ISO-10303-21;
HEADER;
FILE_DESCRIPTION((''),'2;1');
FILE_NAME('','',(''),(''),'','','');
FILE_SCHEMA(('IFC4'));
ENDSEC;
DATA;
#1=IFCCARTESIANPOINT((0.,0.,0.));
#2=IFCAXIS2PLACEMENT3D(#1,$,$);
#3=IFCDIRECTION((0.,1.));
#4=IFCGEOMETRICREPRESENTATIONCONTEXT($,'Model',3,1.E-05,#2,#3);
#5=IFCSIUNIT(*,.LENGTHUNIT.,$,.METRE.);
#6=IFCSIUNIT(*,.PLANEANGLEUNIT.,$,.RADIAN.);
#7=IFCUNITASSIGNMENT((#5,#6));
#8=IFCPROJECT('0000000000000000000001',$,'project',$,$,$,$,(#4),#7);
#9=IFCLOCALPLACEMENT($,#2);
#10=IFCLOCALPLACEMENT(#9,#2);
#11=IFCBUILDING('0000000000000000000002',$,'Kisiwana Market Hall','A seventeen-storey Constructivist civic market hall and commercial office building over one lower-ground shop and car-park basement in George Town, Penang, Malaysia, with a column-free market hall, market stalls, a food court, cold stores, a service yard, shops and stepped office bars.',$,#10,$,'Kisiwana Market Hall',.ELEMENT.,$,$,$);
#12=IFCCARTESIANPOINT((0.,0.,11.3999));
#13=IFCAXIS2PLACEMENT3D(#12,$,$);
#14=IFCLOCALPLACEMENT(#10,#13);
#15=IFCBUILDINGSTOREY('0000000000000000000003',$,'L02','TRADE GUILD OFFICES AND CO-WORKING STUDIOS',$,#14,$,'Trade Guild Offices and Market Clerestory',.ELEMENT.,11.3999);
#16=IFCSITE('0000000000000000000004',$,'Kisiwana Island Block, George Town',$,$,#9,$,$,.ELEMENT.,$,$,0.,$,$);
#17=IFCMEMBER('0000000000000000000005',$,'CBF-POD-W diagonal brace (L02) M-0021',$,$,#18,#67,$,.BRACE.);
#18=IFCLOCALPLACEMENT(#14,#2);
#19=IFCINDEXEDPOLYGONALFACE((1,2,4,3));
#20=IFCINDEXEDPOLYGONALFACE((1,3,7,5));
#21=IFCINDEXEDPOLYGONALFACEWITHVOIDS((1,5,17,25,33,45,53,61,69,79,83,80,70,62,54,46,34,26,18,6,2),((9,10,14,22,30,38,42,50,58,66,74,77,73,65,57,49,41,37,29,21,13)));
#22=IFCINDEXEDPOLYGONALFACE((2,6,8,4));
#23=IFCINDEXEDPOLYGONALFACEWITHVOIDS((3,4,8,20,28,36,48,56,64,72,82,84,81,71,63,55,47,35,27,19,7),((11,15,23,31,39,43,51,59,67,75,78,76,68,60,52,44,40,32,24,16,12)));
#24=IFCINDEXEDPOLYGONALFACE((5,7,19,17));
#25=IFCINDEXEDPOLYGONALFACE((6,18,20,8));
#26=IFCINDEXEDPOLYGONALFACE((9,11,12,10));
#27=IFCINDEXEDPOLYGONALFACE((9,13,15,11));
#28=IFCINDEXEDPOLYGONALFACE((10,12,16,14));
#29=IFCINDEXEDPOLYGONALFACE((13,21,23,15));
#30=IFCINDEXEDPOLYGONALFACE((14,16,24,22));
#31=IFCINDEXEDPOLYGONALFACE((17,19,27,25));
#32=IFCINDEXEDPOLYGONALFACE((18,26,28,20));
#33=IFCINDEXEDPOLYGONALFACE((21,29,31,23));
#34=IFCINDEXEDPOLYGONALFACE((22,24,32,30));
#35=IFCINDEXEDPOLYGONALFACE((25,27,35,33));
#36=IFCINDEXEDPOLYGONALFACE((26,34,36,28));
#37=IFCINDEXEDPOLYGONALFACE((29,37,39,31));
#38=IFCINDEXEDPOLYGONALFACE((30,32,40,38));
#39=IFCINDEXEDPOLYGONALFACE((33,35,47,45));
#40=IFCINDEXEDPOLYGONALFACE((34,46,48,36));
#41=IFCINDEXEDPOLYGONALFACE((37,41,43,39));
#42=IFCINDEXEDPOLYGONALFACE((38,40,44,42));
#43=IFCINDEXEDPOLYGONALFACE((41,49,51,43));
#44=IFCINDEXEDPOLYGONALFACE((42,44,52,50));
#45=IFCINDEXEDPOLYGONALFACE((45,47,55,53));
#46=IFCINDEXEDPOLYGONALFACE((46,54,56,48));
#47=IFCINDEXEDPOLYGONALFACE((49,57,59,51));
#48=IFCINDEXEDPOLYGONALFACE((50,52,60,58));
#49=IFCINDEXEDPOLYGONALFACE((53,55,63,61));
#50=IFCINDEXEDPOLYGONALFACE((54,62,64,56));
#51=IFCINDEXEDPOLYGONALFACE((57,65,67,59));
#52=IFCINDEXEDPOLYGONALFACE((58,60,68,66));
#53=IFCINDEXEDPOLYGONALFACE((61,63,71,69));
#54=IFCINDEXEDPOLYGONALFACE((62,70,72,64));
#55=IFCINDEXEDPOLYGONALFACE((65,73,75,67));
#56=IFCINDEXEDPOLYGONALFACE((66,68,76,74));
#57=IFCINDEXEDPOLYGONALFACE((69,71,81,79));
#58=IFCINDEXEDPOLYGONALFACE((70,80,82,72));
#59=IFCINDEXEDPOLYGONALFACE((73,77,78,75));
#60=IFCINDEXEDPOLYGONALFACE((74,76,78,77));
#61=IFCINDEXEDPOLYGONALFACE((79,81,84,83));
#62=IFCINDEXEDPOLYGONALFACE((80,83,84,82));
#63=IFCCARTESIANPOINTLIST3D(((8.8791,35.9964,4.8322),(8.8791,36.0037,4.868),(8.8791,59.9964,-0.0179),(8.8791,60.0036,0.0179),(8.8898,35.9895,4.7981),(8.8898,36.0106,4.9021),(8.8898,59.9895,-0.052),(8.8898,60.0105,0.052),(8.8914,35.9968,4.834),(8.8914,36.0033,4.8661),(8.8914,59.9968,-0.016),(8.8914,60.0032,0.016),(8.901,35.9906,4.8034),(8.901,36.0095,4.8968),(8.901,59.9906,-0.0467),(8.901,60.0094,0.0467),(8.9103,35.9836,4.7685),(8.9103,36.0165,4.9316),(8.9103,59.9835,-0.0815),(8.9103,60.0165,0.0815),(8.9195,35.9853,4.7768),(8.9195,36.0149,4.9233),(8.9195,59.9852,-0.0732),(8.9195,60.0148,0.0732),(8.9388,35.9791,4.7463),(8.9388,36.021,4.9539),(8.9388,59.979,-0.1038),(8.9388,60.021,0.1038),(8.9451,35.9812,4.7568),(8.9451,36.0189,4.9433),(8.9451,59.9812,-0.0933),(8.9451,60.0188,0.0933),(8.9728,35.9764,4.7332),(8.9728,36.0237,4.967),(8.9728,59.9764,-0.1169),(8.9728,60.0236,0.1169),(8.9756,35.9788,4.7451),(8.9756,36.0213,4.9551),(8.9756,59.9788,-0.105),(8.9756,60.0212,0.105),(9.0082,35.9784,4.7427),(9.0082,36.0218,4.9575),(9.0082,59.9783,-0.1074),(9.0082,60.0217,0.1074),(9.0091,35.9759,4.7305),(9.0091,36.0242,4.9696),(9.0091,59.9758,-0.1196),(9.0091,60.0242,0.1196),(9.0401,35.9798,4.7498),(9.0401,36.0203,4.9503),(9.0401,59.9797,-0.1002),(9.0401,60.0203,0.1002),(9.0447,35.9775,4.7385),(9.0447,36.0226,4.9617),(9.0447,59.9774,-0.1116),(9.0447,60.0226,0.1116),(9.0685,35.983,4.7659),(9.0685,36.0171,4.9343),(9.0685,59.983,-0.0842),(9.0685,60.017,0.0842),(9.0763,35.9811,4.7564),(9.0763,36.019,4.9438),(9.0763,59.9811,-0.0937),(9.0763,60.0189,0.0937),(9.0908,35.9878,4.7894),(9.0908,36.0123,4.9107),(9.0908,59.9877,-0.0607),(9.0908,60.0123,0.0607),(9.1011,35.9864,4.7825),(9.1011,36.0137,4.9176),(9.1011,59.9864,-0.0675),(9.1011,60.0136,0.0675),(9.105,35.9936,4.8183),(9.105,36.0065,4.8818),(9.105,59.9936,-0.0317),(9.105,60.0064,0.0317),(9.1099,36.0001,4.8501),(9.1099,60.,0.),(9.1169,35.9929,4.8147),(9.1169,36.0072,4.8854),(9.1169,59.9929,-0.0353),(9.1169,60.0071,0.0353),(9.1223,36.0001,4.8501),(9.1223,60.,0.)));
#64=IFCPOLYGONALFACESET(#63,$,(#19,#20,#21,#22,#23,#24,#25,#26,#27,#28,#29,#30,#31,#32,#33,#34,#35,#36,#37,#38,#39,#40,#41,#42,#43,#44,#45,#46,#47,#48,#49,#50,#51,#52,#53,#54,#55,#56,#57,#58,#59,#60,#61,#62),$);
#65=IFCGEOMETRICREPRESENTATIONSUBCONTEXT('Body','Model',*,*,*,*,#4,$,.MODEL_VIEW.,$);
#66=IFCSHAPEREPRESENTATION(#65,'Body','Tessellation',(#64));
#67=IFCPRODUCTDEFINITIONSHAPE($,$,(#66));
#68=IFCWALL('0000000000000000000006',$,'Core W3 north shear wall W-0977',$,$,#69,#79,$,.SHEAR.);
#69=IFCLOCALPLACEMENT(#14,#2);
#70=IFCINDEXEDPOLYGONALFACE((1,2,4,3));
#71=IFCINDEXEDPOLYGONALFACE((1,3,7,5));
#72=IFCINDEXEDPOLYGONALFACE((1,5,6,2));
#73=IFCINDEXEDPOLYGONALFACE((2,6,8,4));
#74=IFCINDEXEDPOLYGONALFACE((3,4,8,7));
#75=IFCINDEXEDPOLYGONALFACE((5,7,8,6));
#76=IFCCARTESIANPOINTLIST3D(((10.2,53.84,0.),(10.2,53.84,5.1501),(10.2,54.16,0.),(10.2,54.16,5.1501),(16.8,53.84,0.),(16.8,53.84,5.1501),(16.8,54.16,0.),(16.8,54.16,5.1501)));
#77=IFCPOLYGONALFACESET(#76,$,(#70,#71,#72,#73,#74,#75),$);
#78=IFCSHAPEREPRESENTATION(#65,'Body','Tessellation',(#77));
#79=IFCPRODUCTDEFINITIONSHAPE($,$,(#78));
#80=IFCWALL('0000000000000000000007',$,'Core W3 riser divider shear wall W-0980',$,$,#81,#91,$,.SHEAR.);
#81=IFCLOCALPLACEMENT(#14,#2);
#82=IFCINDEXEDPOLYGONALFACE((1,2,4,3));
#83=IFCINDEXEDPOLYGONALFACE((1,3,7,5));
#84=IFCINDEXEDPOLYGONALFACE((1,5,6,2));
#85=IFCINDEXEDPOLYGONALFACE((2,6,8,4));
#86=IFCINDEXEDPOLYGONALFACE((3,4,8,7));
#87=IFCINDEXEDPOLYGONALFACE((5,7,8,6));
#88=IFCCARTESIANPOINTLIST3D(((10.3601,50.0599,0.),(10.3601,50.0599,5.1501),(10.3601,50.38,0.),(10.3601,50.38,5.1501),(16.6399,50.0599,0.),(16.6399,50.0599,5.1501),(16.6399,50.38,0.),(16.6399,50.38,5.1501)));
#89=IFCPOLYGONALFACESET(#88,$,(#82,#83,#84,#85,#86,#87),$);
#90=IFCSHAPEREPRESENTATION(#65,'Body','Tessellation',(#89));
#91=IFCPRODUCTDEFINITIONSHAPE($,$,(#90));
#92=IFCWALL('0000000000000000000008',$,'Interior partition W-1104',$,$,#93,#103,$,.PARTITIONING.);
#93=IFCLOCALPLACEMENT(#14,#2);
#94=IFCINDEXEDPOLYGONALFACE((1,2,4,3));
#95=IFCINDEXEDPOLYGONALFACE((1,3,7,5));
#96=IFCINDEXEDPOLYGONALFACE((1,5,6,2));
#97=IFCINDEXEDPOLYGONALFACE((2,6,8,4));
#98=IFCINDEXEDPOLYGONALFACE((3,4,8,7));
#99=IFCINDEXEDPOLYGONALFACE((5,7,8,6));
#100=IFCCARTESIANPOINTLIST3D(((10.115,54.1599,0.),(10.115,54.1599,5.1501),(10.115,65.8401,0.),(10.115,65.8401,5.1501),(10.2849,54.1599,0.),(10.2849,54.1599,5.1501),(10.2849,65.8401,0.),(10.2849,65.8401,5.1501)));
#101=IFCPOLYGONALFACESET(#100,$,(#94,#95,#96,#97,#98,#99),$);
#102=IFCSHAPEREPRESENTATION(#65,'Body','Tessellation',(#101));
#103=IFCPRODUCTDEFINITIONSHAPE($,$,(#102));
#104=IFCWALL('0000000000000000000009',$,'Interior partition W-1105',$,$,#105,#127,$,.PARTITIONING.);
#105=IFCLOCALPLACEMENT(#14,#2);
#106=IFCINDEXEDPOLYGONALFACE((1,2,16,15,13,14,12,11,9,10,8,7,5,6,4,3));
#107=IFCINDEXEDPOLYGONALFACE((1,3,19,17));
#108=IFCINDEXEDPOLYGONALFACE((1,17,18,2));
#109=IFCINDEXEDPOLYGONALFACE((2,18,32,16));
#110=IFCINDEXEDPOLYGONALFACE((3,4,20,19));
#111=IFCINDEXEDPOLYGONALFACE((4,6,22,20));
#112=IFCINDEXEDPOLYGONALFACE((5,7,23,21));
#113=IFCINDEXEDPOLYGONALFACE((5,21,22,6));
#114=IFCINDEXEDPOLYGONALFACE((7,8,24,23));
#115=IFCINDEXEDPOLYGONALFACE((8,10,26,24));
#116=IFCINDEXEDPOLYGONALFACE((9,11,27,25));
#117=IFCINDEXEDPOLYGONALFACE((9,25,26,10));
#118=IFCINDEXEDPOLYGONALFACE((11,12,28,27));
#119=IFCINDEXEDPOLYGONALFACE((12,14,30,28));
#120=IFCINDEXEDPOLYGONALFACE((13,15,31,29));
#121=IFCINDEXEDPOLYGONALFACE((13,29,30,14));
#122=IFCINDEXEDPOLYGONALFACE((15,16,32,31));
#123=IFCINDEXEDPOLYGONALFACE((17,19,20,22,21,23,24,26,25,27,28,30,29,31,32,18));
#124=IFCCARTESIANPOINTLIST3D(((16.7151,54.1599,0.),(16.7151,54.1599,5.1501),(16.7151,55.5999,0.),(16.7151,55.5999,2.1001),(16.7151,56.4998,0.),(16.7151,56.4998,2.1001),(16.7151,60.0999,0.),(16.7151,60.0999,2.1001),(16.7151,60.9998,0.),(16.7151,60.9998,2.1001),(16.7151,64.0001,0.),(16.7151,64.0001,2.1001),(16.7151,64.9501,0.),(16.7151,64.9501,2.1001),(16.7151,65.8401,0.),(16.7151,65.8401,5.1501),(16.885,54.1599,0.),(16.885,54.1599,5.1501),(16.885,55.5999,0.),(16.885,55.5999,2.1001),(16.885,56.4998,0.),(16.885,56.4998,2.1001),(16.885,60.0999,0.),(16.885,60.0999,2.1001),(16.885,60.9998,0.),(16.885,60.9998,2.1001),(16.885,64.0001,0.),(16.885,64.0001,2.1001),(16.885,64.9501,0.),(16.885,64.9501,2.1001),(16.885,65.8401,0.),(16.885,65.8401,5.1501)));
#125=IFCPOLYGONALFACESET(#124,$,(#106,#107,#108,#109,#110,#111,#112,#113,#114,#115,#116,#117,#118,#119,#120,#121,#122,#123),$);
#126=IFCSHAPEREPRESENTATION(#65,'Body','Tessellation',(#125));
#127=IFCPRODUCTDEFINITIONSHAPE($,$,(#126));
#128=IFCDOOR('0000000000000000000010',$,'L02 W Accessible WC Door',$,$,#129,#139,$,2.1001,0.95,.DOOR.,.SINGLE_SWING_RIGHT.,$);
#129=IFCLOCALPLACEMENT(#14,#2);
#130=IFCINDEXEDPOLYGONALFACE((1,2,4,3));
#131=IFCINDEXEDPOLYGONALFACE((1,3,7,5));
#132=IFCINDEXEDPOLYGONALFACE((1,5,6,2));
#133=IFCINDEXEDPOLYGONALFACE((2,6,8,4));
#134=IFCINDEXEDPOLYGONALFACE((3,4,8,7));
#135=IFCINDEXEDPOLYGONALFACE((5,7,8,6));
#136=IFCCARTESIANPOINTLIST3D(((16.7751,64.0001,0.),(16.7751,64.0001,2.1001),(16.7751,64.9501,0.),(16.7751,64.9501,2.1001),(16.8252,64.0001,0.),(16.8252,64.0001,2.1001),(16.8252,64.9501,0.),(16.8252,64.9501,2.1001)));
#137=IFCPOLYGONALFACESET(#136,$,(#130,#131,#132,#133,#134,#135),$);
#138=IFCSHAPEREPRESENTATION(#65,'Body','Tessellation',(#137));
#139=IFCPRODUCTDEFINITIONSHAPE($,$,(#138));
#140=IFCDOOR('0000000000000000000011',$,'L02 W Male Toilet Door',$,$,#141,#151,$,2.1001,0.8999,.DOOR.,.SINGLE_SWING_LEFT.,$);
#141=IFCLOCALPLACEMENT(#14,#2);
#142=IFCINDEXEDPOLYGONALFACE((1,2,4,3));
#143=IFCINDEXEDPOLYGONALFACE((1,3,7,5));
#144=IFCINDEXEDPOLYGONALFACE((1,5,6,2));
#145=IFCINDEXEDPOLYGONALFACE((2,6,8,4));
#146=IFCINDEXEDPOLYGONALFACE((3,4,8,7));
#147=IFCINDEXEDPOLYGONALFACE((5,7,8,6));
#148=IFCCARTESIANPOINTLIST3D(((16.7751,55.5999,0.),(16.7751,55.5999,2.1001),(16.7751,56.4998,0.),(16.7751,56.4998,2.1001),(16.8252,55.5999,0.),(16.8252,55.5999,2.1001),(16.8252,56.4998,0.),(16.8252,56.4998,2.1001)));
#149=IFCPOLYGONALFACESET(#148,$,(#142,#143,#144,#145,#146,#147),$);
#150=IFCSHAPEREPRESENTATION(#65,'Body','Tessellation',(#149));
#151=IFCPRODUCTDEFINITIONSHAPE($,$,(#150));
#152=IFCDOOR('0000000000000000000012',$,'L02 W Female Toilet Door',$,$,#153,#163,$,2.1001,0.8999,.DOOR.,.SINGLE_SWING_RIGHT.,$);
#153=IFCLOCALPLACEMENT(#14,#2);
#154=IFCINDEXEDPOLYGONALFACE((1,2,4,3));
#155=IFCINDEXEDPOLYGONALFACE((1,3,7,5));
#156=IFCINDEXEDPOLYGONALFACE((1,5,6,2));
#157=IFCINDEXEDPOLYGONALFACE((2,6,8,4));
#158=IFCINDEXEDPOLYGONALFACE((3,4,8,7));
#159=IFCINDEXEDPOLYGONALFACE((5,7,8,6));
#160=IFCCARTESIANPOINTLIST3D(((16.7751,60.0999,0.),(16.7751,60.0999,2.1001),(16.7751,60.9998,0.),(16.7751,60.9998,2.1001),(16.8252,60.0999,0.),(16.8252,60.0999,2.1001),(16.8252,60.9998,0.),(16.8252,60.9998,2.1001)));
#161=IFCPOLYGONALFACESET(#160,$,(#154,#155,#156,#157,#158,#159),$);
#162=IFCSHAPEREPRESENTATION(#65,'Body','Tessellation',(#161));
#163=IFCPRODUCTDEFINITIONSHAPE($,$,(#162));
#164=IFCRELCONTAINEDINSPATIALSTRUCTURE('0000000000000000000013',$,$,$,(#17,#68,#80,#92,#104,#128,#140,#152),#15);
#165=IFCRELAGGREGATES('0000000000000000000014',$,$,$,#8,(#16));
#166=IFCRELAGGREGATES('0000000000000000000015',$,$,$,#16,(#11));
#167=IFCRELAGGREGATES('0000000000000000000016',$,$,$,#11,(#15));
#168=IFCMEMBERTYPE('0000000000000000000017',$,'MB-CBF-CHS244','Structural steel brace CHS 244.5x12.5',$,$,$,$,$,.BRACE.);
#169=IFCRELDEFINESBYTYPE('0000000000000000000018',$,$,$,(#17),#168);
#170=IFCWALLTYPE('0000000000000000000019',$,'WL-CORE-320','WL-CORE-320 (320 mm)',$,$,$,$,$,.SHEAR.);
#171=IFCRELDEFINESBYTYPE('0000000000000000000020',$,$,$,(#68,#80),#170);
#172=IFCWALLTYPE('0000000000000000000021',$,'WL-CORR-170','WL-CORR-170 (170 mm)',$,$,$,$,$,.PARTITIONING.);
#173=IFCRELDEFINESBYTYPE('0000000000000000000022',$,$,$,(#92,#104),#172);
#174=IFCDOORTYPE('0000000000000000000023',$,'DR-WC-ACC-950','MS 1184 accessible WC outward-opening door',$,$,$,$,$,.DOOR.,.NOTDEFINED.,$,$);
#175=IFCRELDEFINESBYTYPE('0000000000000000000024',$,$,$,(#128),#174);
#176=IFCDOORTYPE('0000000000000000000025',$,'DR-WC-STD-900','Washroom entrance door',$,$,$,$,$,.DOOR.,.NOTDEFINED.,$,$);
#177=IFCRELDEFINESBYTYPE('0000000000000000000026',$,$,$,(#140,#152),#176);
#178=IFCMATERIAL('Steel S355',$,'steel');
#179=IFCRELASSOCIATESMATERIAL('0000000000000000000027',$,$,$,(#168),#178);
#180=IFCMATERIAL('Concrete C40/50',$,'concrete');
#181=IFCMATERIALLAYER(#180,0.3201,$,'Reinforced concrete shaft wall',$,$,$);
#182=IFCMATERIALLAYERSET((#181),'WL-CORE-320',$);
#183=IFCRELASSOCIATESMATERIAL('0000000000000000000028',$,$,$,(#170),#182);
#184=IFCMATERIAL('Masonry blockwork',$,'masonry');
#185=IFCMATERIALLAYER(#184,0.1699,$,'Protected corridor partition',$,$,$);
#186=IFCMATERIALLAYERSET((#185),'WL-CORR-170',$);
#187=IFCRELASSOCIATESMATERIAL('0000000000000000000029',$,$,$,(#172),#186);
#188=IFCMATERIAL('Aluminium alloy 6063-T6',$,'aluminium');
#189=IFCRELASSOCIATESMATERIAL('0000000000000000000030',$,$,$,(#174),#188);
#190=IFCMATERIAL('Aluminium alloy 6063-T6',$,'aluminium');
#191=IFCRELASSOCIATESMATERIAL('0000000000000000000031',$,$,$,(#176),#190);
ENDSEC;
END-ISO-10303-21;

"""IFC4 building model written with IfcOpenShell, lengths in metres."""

from ifc_helpers import new_model, si_unit, direction, frame, frame_2d, origin, origin_2d, place, context, subcontext, project, spatial, rectangle, hollow_circle, extrude, material, layer, layer_set, material_profile, profile_set, type_object, element, fill, save


model = new_model("IFC4")

# Units and contexts
model_context = context("Model", 3, precision=1e-05, world=origin(), true_north=direction((0.0, 1.0)))
body_context = subcontext(model_context, "Body", "Model", "MODEL_VIEW")
ifc_project = project(units=[si_unit("LENGTHUNIT", "METRE"), si_unit("PLANEANGLEUNIT", "RADIAN")], contexts=[model_context])

# Site, building, storey
site_placement = place(None, origin())
site = spatial("IfcSite", under=ifc_project, at=site_placement, Name="Kisiwana Island Block, George Town", CompositionType="ELEMENT", RefElevation=0.0)
building_placement = place(site_placement, origin())
building = spatial("IfcBuilding", under=site, at=building_placement, Name="Kisiwana Market Hall", Description="A seventeen-storey Constructivist civic market hall and commercial office building over one lower-ground shop and car-park basement in George Town, Penang, Malaysia, with a column-free market hall, market stalls, a food court, cold stores, a service yard, shops and stepped office bars.", LongName="Kisiwana Market Hall", CompositionType="ELEMENT")
storey_placement = place(building_placement, frame((0.0, 0.0, 11.3999)))
storey = spatial("IfcBuildingStorey", under=building, at=storey_placement, Name="L02", Description="TRADE GUILD OFFICES AND CO-WORKING STUDIOS", LongName="Trade Guild Offices and Market Clerestory", CompositionType="ELEMENT", Elevation=11.3999)

# Member
ifc_material_1 = material(Name="Steel S355", Category="steel")
ifc_material_profile_1 = material_profile(ifc_material_1, hollow_circle(Radius=0.1223, WallThickness=0.0125, at=origin_2d()), Name="CHS 244.5x12.5")
ifc_profile_set_1 = profile_set([ifc_material_profile_1], Name="Steel S355")
member_type = type_object("IfcMemberType", Name="MB-CBF-CHS244", Description="Structural steel brace CHS 244.5x12.5", PredefinedType="BRACE", material=ifc_profile_set_1)
member_placement = place(storey_placement, frame((9.0, 60.0, 0.0), z_axis=(0.0, -0.980185, 0.198083), x_axis=(1.0, 0.0, 0.0)))
element("IfcMember", 1, at=member_placement, inside=storey, type_object=member_type, Name="CBF-POD-W diagonal brace (L02) M-0021", PredefinedType="BRACE", context=body_context, shape_type="SweptSolid", body=[
    extrude(hollow_circle(Radius=0.1223, WallThickness=0.0125, at=origin_2d()), origin(), (0.0, 0.0, 1.0), 24.4851),
])

# Walls
ifc_material_2 = material(Name="Concrete C40/50", Category="concrete")
ifc_layer_1 = layer(ifc_material_2, 0.3201, Name="Reinforced concrete shaft wall")
ifc_layer_set_1 = layer_set([ifc_layer_1], Name="WL-CORE-320")
wall_type_1 = type_object("IfcWallType", Name="WL-CORE-320", Description="WL-CORE-320 (320 mm)", PredefinedType="SHEAR", material=ifc_layer_set_1)
wall_1_placement = place(storey_placement, frame((10.2, 54.0, 0.0), z_axis=(0.0, 0.0, 1.0), x_axis=(1.0, 0.0, 0.0)))
element("IfcWall", 2, at=wall_1_placement, inside=storey, type_object=wall_type_1, Name="Core W3 north shear wall W-0977", PredefinedType="SHEAR", context=body_context, shape_type="SweptSolid", body=[
    extrude(rectangle(XDim=6.6001, YDim=0.3201, at=frame_2d((3.3, 0.0))), origin(), (0.0, 0.0, 1.0), 5.1501),
])
wall_2_placement = place(storey_placement, frame((10.3601, 50.22, 0.0), z_axis=(0.0, 0.0, 1.0), x_axis=(1.0, 0.0, 0.0)))
element("IfcWall", 3, at=wall_2_placement, inside=storey, type_object=wall_type_1, Name="Core W3 riser divider shear wall W-0980", PredefinedType="SHEAR", context=body_context, shape_type="SweptSolid", body=[
    extrude(rectangle(XDim=6.2798, YDim=0.3201, at=frame_2d((3.1399, 0.0))), origin(), (0.0, 0.0, 1.0), 5.1501),
])
ifc_material_3 = material(Name="Masonry blockwork", Category="masonry")
ifc_layer_2 = layer(ifc_material_3, 0.1699, Name="Protected corridor partition")
ifc_layer_set_2 = layer_set([ifc_layer_2], Name="WL-CORR-170")
wall_type_2 = type_object("IfcWallType", Name="WL-CORR-170", Description="WL-CORR-170 (170 mm)", PredefinedType="PARTITIONING", material=ifc_layer_set_2)
wall_3_placement = place(storey_placement, frame((10.2, 54.1599, 0.0), z_axis=(0.0, 0.0, 1.0), x_axis=(0.0, 1.0, 0.0)))
element("IfcWall", 4, at=wall_3_placement, inside=storey, type_object=wall_type_2, Name="Interior partition W-1104", PredefinedType="PARTITIONING", context=body_context, shape_type="SweptSolid", body=[
    extrude(rectangle(XDim=11.6802, YDim=0.1699, at=frame_2d((5.8401, 0.0))), origin(), (0.0, 0.0, 1.0), 5.1501),
])

# Wall, openings, doors
wall_4_placement = place(storey_placement, frame((16.8, 54.1599, 0.0), z_axis=(0.0, 0.0, 1.0), x_axis=(0.0, 1.0, 0.0)))
wall_4 = element("IfcWall", 5, at=wall_4_placement, inside=storey, type_object=wall_type_2, Name="Interior partition W-1105", PredefinedType="PARTITIONING", context=body_context, shape_type="SweptSolid", body=[
    extrude(rectangle(XDim=11.6802, YDim=0.1699, at=frame_2d((5.8401, 0.0))), origin(), (0.0, 0.0, 1.0), 5.1501),
])
opening_1_placement = place(wall_4_placement, frame((1.4399, 0.0, 0.0)))
opening_1 = element("IfcOpeningElement", 6, at=opening_1_placement, cuts=wall_4, PredefinedType="OPENING", context=body_context, shape_type="SweptSolid", body=[
    extrude(rectangle(XDim=0.8999, YDim=2.1001, at=frame_2d((0.45, 1.05))), frame((0.0, 0.0969, 0.0), z_axis=(0.0, -1.0, 0.0), x_axis=(1.0, 0.0, 0.0)), (0.0, 0.0, 1.0), 0.1938),
])
opening_2_placement = place(wall_4_placement, frame((5.9399, 0.0, 0.0)))
opening_2 = element("IfcOpeningElement", 7, at=opening_2_placement, cuts=wall_4, PredefinedType="OPENING", context=body_context, shape_type="SweptSolid", body=[
    extrude(rectangle(XDim=0.8999, YDim=2.1001, at=frame_2d((0.45, 1.05))), frame((0.0, 0.0969, 0.0), z_axis=(0.0, -1.0, 0.0), x_axis=(1.0, 0.0, 0.0)), (0.0, 0.0, 1.0), 0.1938),
])
opening_3_placement = place(wall_4_placement, frame((9.8401, 0.0, 0.0)))
opening_3 = element("IfcOpeningElement", 8, at=opening_3_placement, cuts=wall_4, PredefinedType="OPENING", context=body_context, shape_type="SweptSolid", body=[
    extrude(rectangle(XDim=0.95, YDim=2.1001, at=frame_2d((0.4751, 1.05))), frame((0.0, 0.0969, 0.0), z_axis=(0.0, -1.0, 0.0), x_axis=(1.0, 0.0, 0.0)), (0.0, 0.0, 1.0), 0.1938),
])
ifc_material_4 = material(Name="Aluminium alloy 6063-T6", Category="aluminium")
door_type_1 = type_object("IfcDoorType", Name="DR-WC-ACC-950", Description="MS 1184 accessible WC outward-opening door", OperationType="NOTDEFINED", PredefinedType="DOOR", material=ifc_material_4)
door_1_placement = place(opening_3_placement, origin())
door_1 = element("IfcDoor", 9, at=door_1_placement, inside=storey, type_object=door_type_1, Name="L02 W Accessible WC Door", OperationType="SINGLE_SWING_RIGHT", OverallHeight=2.1001, OverallWidth=0.95, PredefinedType="DOOR", context=body_context, shape_type="SweptSolid", body=[
    extrude(rectangle(XDim=0.95, YDim=2.1001, at=frame_2d((0.4751, 1.05))), frame((0.0, 0.0249, 0.0), z_axis=(0.0, -1.0, 0.0), x_axis=(1.0, 0.0, 0.0)), (0.0, 0.0, 1.0), 0.05),
])
fill(opening_3, door_1)
ifc_material_5 = material(Name="Aluminium alloy 6063-T6", Category="aluminium")
door_type_2 = type_object("IfcDoorType", Name="DR-WC-STD-900", Description="Washroom entrance door", OperationType="NOTDEFINED", PredefinedType="DOOR", material=ifc_material_5)
door_2_placement = place(opening_1_placement, origin())
door_2 = element("IfcDoor", 10, at=door_2_placement, inside=storey, type_object=door_type_2, Name="L02 W Male Toilet Door", OperationType="SINGLE_SWING_LEFT", OverallHeight=2.1001, OverallWidth=0.8999, PredefinedType="DOOR", context=body_context, shape_type="SweptSolid", body=[
    extrude(rectangle(XDim=0.8999, YDim=2.1001, at=frame_2d((0.45, 1.05))), frame((0.0, 0.0249, 0.0), z_axis=(0.0, -1.0, 0.0), x_axis=(1.0, 0.0, 0.0)), (0.0, 0.0, 1.0), 0.05),
])
fill(opening_1, door_2)
door_3_placement = place(opening_2_placement, origin())
door_3 = element("IfcDoor", 11, at=door_3_placement, inside=storey, type_object=door_type_2, Name="L02 W Female Toilet Door", OperationType="SINGLE_SWING_RIGHT", OverallHeight=2.1001, OverallWidth=0.8999, PredefinedType="DOOR", context=body_context, shape_type="SweptSolid", body=[
    extrude(rectangle(XDim=0.8999, YDim=2.1001, at=frame_2d((0.45, 1.05))), frame((0.0, 0.0249, 0.0), z_axis=(0.0, -1.0, 0.0), x_axis=(1.0, 0.0, 0.0)), (0.0, 0.0, 1.0), 0.05),
])
fill(opening_2, door_3)

save(model, "model.ifc")
